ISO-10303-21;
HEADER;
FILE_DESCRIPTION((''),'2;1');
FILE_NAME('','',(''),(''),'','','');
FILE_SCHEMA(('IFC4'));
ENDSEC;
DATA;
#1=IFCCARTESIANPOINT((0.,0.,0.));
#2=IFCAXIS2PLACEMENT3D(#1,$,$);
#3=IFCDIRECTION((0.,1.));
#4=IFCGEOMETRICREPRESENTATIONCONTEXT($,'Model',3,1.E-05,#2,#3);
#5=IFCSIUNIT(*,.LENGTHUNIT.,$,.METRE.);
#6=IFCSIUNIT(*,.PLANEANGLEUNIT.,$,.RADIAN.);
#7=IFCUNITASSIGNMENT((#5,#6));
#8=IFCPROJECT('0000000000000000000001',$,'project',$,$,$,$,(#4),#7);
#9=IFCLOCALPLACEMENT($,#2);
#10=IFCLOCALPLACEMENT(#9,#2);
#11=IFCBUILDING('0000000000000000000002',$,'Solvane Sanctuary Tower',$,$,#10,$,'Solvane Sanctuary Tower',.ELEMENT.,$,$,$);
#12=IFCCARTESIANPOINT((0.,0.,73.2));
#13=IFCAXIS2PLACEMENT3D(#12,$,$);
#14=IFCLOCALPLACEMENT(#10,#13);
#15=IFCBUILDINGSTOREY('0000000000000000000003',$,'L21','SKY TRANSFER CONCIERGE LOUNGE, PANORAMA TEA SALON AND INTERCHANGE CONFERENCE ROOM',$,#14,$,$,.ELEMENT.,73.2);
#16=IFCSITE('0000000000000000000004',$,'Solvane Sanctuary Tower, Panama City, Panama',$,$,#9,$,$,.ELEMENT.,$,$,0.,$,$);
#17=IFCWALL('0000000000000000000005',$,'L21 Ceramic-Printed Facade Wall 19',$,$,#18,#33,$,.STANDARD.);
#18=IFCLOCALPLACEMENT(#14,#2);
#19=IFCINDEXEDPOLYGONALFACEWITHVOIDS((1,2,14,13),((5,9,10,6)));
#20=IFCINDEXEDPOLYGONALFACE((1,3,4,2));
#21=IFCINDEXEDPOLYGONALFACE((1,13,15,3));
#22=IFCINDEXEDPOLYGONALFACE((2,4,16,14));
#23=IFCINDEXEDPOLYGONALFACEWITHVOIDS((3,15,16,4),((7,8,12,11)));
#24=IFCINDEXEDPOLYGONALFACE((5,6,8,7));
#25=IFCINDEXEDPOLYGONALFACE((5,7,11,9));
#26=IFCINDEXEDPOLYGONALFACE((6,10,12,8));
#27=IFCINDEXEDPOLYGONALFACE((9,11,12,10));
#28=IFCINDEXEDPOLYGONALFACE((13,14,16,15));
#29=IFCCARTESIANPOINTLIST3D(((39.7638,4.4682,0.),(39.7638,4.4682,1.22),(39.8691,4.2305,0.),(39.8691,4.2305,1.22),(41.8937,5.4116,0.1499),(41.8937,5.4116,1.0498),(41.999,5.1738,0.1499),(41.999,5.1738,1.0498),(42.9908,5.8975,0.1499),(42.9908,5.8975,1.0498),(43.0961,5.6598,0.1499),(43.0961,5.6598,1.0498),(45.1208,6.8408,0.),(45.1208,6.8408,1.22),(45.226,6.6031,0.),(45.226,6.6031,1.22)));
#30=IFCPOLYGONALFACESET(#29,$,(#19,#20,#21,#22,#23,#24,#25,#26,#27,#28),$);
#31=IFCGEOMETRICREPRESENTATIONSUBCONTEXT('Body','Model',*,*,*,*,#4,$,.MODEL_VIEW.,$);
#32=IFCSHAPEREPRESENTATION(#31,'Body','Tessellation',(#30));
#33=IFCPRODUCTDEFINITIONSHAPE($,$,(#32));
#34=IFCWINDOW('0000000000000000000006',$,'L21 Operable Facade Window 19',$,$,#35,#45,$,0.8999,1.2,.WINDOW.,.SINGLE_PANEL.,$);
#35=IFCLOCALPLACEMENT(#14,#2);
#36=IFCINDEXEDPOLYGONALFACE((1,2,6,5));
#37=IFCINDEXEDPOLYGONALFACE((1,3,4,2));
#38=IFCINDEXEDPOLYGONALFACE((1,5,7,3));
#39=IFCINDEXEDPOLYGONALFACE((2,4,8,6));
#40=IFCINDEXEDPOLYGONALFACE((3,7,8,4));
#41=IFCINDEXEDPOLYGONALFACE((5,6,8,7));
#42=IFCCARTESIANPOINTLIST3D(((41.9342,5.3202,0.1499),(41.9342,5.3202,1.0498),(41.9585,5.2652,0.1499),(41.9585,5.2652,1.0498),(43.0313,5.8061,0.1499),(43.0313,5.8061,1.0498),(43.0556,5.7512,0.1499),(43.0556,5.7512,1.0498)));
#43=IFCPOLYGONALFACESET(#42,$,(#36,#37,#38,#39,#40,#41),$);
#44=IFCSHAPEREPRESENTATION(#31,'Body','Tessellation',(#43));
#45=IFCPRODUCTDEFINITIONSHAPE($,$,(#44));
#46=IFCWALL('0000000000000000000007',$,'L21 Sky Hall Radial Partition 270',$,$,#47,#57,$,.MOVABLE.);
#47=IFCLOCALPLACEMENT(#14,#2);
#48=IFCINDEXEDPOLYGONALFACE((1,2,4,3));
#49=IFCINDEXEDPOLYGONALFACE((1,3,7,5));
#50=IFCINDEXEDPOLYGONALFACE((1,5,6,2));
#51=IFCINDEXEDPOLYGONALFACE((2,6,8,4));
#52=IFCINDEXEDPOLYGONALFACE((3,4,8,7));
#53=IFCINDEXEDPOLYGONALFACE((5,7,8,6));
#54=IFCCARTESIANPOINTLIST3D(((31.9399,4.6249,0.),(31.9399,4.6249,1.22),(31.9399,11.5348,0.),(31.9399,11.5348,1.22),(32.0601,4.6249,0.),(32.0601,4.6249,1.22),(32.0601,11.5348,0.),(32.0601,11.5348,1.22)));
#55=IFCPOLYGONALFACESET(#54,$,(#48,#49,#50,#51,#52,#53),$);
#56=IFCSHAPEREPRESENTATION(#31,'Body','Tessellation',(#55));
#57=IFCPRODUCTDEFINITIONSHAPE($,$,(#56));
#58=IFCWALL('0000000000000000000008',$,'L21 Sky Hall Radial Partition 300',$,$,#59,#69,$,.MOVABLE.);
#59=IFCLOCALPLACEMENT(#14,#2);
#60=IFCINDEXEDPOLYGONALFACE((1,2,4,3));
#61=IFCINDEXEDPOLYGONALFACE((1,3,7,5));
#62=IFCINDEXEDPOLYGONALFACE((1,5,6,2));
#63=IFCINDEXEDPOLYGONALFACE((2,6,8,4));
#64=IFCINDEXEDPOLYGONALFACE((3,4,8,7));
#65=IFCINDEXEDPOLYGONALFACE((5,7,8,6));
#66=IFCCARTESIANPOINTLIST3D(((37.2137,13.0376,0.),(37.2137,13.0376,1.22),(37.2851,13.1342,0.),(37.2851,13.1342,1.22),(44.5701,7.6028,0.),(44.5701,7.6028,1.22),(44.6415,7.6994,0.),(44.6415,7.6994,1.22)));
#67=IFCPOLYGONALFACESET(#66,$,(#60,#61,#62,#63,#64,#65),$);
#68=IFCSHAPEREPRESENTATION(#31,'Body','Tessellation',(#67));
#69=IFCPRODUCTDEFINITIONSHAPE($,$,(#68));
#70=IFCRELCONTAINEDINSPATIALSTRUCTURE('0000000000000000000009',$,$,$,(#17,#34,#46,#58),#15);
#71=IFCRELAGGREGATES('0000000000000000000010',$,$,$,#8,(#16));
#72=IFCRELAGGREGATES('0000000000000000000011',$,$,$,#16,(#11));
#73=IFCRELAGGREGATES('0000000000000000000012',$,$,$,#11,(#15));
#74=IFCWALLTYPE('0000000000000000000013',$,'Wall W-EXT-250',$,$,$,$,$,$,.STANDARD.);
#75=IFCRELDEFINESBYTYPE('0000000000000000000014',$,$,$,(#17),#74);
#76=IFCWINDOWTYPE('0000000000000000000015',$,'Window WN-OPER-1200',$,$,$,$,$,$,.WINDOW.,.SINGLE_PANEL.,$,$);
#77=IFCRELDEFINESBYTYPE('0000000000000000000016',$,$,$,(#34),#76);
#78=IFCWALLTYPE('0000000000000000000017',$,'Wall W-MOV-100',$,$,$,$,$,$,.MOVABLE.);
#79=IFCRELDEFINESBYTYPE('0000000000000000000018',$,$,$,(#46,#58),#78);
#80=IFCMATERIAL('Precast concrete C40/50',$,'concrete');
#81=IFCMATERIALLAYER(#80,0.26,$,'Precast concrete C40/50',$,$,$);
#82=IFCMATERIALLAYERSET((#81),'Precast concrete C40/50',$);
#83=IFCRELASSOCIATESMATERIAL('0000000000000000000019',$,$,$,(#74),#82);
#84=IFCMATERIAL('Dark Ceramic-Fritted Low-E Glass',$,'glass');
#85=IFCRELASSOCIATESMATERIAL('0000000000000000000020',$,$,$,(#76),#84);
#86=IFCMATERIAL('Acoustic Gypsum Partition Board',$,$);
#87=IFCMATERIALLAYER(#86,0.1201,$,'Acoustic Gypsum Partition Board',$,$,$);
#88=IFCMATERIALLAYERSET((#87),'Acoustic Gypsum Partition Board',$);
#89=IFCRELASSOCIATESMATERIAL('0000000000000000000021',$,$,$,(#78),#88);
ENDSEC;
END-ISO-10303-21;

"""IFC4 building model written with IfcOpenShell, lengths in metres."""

from ifc_helpers import new_model, si_unit, direction, frame, frame_2d, origin, place, context, subcontext, project, spatial, rectangle, extrude, material, layer, layer_set, type_object, element, fill, save


model = new_model("IFC4")

# Units and contexts
model_context = context("Model", 3, precision=1e-05, world=origin(), true_north=direction((0.0, 1.0)))
body_context = subcontext(model_context, "Body", "Model", "MODEL_VIEW")
ifc_project = project(units=[si_unit("LENGTHUNIT", "METRE"), si_unit("PLANEANGLEUNIT", "RADIAN")], contexts=[model_context])

# Site, building, storey
site_placement = place(None, origin())
site = spatial("IfcSite", under=ifc_project, at=site_placement, Name="Solvane Sanctuary Tower, Panama City, Panama", CompositionType="ELEMENT", RefElevation=0.0)
building_placement = place(site_placement, origin())
building = spatial("IfcBuilding", under=site, at=building_placement, Name="Solvane Sanctuary Tower", LongName="Solvane Sanctuary Tower", CompositionType="ELEMENT")
storey_placement = place(building_placement, frame((0.0, 0.0, 73.2)))
storey = spatial("IfcBuildingStorey", under=building, at=storey_placement, Name="L21", Description="SKY TRANSFER CONCIERGE LOUNGE, PANORAMA TEA SALON AND INTERCHANGE CONFERENCE ROOM", CompositionType="ELEMENT", Elevation=73.2)

# Shared definitions
ifc_material_1 = material(Name="Acoustic Gypsum Partition Board")

# Wall, opening, window
ifc_material_2 = material(Name="Precast concrete C40/50", Category="concrete")
ifc_layer_1 = layer(ifc_material_2, 0.26, Name="Precast concrete C40/50")
ifc_layer_set_1 = layer_set([ifc_layer_1], Name="Precast concrete C40/50")
wall_type_1 = type_object("IfcWallType", Name="Wall W-EXT-250", PredefinedType="STANDARD", material=ifc_layer_set_1)
ifc_material_3 = material(Name="Dark Ceramic-Fritted Low-E Glass", Category="glass")
window_type = type_object("IfcWindowType", Name="Window WN-OPER-1200", PartitioningType="SINGLE_PANEL", PredefinedType="WINDOW", material=ifc_material_3)
wall_1_placement = place(storey_placement, frame((39.8164, 4.3494, 0.0), z_axis=(0.0, 0.0, 1.0), x_axis=(0.914337, 0.404955, 0.0)))
wall_1 = element("IfcWall", 1, at=wall_1_placement, inside=storey, type_object=wall_type_1, Name="L21 Ceramic-Printed Facade Wall 19", PredefinedType="STANDARD", context=body_context, shape_type="SweptSolid", body=[
    extrude(rectangle(XDim=5.8589, YDim=0.26, at=frame_2d((2.9294, 0.0))), origin(), (0.0, 0.0, 1.0), 1.22),
])
opening_1_placement = place(wall_1_placement, frame((2.3293, 0.0, 0.1499)))
opening_1 = element("IfcOpeningElement", 2, at=opening_1_placement, cuts=wall_1, PredefinedType="OPENING", context=body_context, shape_type="SweptSolid", body=[
    extrude(rectangle(XDim=1.2, YDim=0.8999, at=frame_2d((0.6001, 0.45))), frame((0.0, 0.1399, 0.0), z_axis=(0.0, -1.0, 0.0), x_axis=(1.0, 0.0, 0.0)), (0.0, 0.0, 1.0), 0.28),
])
window_1_placement = place(opening_1_placement, origin())
window_1 = element("IfcWindow", 3, at=window_1_placement, inside=storey, type_object=window_type, Name="L21 Operable Facade Window 19", OverallHeight=0.8999, OverallWidth=1.2, PartitioningType="SINGLE_PANEL", PredefinedType="WINDOW", context=body_context, shape_type="SweptSolid", body=[
    extrude(rectangle(XDim=1.2, YDim=0.8999, at=frame_2d((0.6001, 0.45))), frame((0.0, 0.03, 0.0), z_axis=(0.0, -1.0, 0.0), x_axis=(1.0, 0.0, 0.0)), (0.0, 0.0, 1.0), 0.0601),
])
fill(opening_1, window_1)

# Walls
ifc_layer_2 = layer(ifc_material_1, 0.1201, Name="Acoustic Gypsum Partition Board")
ifc_layer_set_2 = layer_set([ifc_layer_2], Name="Acoustic Gypsum Partition Board")
wall_type_2 = type_object("IfcWallType", Name="Wall W-MOV-100", PredefinedType="MOVABLE", material=ifc_layer_set_2)
wall_2_placement = place(storey_placement, frame((32.0, 11.5349, 0.0), z_axis=(0.0, 0.0, 1.0), x_axis=(0.0, -1.0, 0.0)))
element("IfcWall", 4, at=wall_2_placement, inside=storey, type_object=wall_type_2, Name="L21 Sky Hall Radial Partition 270", PredefinedType="MOVABLE", context=body_context, shape_type="SweptSolid", body=[
    extrude(rectangle(XDim=6.9099, YDim=0.1201, at=frame_2d((3.4551, 0.0))), origin(), (0.0, 0.0, 1.0), 1.22),
])
wall_3_placement = place(storey_placement, frame((37.2493, 13.0859, 0.0), z_axis=(0.0, 0.0, 1.0), x_axis=(0.80431, -0.59421, 0.0)))
element("IfcWall", 5, at=wall_3_placement, inside=storey, type_object=wall_type_2, Name="L21 Sky Hall Radial Partition 300", PredefinedType="MOVABLE", context=body_context, shape_type="SweptSolid", body=[
    extrude(rectangle(XDim=9.1462, YDim=0.1201, at=frame_2d((4.5732, 0.0))), origin(), (0.0, 0.0, 1.0), 1.22),
])

save(model, "model.ifc")
